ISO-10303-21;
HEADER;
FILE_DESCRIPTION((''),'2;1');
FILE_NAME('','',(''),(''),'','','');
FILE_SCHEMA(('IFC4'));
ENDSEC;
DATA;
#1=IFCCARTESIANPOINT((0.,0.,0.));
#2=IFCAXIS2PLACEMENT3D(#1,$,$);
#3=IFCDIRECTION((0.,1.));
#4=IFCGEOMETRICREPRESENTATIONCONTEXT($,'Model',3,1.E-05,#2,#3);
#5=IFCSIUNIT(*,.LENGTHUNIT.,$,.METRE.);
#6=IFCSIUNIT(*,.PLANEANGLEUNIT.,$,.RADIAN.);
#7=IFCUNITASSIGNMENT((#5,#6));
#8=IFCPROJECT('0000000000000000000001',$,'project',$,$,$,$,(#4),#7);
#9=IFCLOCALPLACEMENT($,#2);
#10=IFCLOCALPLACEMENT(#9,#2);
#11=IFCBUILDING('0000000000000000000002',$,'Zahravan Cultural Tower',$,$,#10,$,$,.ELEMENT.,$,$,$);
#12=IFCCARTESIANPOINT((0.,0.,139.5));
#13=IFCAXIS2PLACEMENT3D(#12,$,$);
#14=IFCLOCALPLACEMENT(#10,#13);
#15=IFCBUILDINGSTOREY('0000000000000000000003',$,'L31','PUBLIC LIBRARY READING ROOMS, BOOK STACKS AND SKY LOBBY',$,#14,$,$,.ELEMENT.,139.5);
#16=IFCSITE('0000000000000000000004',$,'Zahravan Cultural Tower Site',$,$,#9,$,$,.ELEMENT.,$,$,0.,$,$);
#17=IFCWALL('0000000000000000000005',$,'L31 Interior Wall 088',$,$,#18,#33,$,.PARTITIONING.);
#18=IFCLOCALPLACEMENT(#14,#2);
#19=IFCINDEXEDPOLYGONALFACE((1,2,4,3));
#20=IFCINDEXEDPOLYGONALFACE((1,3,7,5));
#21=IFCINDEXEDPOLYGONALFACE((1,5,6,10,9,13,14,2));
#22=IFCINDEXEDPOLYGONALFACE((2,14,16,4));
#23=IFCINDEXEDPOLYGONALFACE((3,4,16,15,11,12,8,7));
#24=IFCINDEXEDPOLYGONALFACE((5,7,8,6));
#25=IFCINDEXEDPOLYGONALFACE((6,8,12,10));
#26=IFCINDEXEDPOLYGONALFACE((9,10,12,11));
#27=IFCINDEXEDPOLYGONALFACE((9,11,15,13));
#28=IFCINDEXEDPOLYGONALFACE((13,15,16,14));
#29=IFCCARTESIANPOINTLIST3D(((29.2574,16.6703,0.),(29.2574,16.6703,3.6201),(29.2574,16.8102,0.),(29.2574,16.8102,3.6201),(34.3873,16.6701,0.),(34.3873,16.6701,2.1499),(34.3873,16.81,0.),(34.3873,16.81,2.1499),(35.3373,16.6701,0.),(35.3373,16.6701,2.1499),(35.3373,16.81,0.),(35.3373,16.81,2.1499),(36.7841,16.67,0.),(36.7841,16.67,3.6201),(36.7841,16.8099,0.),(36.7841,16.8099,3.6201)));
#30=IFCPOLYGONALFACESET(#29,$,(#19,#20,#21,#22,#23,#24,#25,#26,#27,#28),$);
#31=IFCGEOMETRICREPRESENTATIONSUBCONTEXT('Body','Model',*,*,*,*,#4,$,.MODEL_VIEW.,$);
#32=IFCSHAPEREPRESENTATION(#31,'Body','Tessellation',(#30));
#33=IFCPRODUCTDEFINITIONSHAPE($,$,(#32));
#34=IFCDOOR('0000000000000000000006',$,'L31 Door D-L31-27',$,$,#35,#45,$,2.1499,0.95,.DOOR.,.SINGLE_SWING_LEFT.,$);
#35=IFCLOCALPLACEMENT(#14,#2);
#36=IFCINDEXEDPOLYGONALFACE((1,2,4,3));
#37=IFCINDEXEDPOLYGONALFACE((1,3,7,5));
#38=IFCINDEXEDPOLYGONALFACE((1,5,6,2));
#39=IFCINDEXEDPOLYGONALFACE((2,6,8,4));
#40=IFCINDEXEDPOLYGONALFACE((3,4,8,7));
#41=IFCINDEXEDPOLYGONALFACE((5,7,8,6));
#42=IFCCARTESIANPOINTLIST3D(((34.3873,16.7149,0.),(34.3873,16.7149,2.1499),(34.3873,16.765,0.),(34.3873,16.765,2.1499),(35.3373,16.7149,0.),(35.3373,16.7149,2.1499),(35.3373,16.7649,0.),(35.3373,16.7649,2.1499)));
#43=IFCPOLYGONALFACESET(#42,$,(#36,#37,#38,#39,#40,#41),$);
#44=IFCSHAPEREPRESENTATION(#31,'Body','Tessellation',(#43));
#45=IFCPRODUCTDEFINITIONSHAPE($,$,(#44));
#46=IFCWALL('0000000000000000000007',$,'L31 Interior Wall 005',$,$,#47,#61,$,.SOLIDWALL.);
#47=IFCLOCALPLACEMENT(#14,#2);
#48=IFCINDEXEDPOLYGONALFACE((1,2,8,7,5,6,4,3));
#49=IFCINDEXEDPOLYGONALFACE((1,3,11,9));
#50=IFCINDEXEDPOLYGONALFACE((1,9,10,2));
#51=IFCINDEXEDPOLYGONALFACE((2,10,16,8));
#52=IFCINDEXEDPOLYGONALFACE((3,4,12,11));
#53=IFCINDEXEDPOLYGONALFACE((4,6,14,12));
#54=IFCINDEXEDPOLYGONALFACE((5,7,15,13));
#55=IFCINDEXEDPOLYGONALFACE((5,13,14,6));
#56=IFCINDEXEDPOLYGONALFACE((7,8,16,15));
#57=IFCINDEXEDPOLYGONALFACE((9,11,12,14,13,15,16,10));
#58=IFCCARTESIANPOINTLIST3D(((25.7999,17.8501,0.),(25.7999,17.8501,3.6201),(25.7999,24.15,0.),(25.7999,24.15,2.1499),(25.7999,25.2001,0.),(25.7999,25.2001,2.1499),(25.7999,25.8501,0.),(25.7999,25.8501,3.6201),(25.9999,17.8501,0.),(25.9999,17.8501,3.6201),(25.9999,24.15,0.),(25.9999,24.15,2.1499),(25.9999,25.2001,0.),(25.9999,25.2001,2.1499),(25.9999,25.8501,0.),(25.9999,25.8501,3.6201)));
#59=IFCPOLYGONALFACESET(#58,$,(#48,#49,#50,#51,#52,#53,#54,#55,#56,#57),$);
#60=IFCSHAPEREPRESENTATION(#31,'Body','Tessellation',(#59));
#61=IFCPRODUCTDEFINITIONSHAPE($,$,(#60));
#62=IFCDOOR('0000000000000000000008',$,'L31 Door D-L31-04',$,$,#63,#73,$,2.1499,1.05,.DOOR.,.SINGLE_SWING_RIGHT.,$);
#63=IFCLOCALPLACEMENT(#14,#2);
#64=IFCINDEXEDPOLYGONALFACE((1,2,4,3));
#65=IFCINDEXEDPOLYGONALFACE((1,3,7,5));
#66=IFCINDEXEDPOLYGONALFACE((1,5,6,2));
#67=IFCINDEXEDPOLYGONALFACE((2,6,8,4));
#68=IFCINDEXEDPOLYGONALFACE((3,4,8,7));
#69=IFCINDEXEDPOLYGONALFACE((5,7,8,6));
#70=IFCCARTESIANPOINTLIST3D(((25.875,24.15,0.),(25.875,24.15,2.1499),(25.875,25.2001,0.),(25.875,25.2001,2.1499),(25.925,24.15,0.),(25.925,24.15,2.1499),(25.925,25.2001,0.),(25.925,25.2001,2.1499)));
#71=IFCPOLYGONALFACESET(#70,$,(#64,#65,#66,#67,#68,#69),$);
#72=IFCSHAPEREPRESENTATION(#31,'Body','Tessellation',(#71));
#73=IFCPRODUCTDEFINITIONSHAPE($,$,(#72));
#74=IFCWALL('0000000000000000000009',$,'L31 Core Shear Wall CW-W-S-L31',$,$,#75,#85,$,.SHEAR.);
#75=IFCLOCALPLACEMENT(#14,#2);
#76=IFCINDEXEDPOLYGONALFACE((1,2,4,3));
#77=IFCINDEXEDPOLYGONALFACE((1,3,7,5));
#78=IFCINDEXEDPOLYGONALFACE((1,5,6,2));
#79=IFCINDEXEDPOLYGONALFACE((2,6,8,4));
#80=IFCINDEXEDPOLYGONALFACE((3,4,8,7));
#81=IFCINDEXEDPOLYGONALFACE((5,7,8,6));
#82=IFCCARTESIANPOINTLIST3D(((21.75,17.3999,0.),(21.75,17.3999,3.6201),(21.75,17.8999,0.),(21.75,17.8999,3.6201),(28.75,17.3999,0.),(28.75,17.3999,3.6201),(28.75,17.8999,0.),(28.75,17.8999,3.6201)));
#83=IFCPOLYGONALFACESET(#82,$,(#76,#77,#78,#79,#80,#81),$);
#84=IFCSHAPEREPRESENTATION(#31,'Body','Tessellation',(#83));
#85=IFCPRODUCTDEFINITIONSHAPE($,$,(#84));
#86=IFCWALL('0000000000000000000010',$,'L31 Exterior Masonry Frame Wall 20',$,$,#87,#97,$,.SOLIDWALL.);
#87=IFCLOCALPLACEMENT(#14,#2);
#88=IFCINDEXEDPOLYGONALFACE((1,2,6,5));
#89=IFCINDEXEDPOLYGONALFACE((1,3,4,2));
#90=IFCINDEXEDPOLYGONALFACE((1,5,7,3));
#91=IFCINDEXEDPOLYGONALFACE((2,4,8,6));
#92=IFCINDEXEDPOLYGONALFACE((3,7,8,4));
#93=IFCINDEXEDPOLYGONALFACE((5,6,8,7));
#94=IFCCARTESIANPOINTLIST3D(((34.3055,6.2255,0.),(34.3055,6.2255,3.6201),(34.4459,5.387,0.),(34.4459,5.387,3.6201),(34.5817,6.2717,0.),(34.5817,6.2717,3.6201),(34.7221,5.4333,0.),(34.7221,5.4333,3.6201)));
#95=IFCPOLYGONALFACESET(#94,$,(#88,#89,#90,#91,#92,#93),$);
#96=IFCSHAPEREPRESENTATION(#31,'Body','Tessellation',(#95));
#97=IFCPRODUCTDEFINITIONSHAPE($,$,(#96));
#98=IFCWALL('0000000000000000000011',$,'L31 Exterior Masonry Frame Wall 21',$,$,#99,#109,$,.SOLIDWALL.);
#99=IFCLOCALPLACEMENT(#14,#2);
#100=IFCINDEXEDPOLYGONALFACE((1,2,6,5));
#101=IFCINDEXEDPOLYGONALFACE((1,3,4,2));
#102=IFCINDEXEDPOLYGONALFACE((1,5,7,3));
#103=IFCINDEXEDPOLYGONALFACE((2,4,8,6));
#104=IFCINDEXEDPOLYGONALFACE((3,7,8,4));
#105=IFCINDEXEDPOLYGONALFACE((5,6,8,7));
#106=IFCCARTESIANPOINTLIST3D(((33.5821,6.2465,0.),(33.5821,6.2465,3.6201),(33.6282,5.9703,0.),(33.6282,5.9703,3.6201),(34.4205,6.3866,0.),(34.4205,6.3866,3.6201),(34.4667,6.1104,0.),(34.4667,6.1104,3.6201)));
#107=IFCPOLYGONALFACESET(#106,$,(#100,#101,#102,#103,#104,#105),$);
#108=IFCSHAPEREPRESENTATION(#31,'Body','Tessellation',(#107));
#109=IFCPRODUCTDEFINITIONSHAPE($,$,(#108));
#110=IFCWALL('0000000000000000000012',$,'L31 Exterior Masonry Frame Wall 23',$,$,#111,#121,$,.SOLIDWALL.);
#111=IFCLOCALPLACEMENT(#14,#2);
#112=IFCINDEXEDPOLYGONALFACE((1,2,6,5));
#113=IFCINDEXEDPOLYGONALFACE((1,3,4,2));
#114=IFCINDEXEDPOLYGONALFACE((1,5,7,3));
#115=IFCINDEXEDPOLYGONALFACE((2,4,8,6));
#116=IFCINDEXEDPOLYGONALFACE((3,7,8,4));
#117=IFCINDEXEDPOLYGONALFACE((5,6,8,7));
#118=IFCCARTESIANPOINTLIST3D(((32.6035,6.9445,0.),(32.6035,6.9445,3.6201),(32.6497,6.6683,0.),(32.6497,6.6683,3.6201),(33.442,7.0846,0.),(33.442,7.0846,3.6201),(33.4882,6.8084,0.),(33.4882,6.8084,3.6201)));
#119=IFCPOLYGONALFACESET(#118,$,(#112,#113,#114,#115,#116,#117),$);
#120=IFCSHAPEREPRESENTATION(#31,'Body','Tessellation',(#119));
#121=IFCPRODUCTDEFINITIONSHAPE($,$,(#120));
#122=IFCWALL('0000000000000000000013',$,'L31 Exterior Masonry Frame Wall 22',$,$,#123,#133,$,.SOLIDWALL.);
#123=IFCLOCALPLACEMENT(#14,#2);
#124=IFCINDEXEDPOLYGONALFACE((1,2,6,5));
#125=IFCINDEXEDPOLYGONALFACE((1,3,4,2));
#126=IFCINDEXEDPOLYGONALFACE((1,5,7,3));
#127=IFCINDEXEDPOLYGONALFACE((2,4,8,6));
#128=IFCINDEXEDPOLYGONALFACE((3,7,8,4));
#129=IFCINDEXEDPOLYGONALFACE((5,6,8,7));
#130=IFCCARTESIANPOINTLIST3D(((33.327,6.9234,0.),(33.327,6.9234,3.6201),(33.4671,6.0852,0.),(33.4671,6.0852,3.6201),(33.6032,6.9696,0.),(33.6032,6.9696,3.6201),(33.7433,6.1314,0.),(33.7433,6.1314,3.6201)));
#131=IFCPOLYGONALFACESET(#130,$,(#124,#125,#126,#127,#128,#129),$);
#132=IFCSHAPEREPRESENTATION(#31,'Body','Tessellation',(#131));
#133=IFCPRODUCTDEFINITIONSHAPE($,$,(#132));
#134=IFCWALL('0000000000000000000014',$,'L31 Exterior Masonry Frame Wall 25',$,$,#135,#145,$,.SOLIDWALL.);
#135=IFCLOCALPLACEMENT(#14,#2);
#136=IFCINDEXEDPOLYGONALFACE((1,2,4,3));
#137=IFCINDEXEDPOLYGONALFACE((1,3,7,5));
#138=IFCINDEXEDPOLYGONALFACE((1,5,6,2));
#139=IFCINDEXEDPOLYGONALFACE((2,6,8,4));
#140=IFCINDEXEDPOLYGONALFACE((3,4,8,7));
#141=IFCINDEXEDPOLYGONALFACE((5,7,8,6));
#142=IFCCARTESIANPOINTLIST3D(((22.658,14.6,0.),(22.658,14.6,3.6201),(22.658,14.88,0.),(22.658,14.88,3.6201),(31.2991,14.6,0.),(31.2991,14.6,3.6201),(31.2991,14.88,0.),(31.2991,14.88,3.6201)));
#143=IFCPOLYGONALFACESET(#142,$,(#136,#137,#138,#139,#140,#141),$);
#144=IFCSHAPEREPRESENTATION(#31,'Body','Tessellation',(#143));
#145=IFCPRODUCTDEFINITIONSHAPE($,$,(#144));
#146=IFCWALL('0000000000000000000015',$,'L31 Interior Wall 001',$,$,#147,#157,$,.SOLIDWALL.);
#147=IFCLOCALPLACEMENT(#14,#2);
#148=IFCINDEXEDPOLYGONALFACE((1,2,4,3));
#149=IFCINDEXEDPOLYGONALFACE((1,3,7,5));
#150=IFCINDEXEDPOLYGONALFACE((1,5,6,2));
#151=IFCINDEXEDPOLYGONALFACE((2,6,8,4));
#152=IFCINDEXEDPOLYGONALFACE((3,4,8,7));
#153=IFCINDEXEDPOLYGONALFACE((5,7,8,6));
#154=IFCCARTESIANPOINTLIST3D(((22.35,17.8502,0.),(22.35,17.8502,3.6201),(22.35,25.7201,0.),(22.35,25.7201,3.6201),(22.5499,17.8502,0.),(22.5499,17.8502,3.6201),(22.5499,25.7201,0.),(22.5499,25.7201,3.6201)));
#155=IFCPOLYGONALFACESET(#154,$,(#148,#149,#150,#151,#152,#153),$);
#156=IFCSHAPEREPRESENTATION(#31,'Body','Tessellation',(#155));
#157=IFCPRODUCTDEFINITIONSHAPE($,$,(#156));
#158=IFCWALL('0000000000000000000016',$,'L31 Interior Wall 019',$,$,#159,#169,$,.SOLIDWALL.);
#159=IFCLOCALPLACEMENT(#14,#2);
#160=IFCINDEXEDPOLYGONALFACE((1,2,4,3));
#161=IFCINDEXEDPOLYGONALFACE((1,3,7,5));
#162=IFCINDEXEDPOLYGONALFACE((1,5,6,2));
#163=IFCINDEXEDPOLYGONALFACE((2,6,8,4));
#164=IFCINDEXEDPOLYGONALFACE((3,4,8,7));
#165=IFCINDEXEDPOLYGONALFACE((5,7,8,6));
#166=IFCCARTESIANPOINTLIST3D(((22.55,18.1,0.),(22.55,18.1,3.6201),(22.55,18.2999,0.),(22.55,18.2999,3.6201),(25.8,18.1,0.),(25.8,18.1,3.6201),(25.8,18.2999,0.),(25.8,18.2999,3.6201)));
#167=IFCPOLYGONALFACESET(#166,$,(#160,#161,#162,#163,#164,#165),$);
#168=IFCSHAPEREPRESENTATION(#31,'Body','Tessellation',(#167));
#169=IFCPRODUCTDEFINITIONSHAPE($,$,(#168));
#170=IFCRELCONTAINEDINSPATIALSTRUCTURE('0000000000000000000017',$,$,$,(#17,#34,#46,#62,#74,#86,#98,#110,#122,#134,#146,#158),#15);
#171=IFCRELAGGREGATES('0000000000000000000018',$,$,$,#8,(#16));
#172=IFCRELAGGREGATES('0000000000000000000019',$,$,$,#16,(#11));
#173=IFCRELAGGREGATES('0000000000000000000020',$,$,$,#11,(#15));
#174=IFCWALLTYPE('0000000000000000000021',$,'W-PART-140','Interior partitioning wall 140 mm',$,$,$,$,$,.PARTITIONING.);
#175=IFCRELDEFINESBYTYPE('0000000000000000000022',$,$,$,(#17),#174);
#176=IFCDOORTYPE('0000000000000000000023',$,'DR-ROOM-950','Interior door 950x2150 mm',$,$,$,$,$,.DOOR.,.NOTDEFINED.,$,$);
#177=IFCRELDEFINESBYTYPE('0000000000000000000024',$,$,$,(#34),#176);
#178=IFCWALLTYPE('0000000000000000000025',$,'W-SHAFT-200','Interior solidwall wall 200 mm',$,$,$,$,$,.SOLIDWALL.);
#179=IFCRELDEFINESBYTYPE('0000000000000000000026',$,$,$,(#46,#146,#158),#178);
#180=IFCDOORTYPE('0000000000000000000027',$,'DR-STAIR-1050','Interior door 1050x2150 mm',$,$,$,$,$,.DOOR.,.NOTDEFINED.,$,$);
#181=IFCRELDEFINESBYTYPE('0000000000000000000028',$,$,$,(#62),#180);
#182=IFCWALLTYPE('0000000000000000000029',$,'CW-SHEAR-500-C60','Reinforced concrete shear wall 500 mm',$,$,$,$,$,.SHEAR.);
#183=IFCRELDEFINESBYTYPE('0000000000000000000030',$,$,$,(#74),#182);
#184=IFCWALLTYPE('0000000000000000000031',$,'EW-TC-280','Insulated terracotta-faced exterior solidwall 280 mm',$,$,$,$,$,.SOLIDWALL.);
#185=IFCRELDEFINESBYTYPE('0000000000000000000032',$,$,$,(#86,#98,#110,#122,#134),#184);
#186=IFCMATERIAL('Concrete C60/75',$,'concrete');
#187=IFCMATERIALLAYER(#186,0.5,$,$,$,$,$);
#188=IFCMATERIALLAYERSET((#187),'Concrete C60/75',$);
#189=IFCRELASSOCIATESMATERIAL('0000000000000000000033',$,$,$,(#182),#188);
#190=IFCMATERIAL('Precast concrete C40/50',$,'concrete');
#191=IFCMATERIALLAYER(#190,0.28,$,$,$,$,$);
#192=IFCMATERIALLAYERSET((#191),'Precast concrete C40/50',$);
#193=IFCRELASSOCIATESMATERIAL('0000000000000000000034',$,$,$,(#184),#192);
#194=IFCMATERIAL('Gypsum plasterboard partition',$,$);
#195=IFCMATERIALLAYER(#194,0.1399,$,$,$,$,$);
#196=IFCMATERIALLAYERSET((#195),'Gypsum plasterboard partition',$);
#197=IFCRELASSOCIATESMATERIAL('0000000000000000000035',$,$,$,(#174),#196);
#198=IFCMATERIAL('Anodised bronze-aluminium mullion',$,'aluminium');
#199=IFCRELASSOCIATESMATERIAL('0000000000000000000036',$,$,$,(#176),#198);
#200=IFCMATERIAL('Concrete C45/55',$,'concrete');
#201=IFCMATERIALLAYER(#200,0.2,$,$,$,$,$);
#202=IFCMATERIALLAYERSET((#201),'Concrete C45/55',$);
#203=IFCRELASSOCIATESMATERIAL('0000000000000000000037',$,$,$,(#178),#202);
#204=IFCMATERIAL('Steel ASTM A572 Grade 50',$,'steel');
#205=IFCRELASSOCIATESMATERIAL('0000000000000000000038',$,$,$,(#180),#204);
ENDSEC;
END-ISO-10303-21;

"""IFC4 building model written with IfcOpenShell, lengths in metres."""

from ifc_helpers import new_model, si_unit, direction, frame, frame_2d, origin, place, context, subcontext, project, spatial, rectangle, extrude, source, transform, mapped, material, layer, layer_set, type_object, element, fill, save


model = new_model("IFC4")

# Units and contexts
model_context = context("Model", 3, precision=1e-05, world=origin(), true_north=direction((0.0, 1.0)))
body_context = subcontext(model_context, "Body", "Model", "MODEL_VIEW")
ifc_project = project(units=[si_unit("LENGTHUNIT", "METRE"), si_unit("PLANEANGLEUNIT", "RADIAN")], contexts=[model_context])

# Site, building, storey
site_placement = place(None, origin())
site = spatial("IfcSite", under=ifc_project, at=site_placement, Name="Zahravan Cultural Tower Site", CompositionType="ELEMENT", RefElevation=0.0)
building_placement = place(site_placement, origin())
building = spatial("IfcBuilding", under=site, at=building_placement, Name="Zahravan Cultural Tower", CompositionType="ELEMENT")
storey_placement = place(building_placement, frame((0.0, 0.0, 139.5)))
storey = spatial("IfcBuildingStorey", under=building, at=storey_placement, Name="L31", Description="PUBLIC LIBRARY READING ROOMS, BOOK STACKS AND SKY LOBBY", CompositionType="ELEMENT", Elevation=139.5)

# Shared definitions
ifc_material_1 = material(Name="Concrete C60/75", Category="concrete")
ifc_layer_1 = layer(ifc_material_1, 0.5)
ifc_layer_set_1 = layer_set([ifc_layer_1], Name="Concrete C60/75")
wall_type_1 = type_object("IfcWallType", Name="CW-SHEAR-500-C60", Description="Reinforced concrete shear wall 500 mm", PredefinedType="SHEAR", material=ifc_layer_set_1)
ifc_material_2 = material(Name="Steel ASTM A572 Grade 50", Category="steel")

# Shared definitions
ifc_material_3 = material(Name="Precast concrete C40/50", Category="concrete")
ifc_layer_2 = layer(ifc_material_3, 0.28)
ifc_layer_set_2 = layer_set([ifc_layer_2], Name="Precast concrete C40/50")
wall_type_2 = type_object("IfcWallType", Name="EW-TC-280", Description="Insulated terracotta-faced exterior solidwall 280 mm", PredefinedType="SOLIDWALL", material=ifc_layer_set_2)

# Walls, openings, doors
ifc_material_4 = material(Name="Gypsum plasterboard partition")
ifc_layer_3 = layer(ifc_material_4, 0.1399)
ifc_layer_set_3 = layer_set([ifc_layer_3], Name="Gypsum plasterboard partition")
wall_type_3 = type_object("IfcWallType", Name="W-PART-140", Description="Interior partitioning wall 140 mm", PredefinedType="PARTITIONING", material=ifc_layer_set_3)
wall_1_placement = place(storey_placement, frame((29.2576, 16.7402, 0.0), z_axis=(0.0, 0.0, 1.0), x_axis=(1.0, -0.000032, 0.0)))
wall_1 = element("IfcWall", 1, at=wall_1_placement, inside=storey, type_object=wall_type_3, Name="L31 Interior Wall 088", PredefinedType="PARTITIONING", context=body_context, shape_type="SweptSolid", body=[
    extrude(rectangle(XDim=7.5266, YDim=0.1399, at=frame_2d((3.7632, 0.0))), origin(), (0.0, 0.0, 1.0), 3.6201),
])
opening_1_placement = place(wall_1_placement, frame((5.1296, 0.0, 0.0)))
opening_1 = element("IfcOpeningElement", 2, at=opening_1_placement, cuts=wall_1, PredefinedType="OPENING", context=body_context, shape_type="SweptSolid", body=[
    extrude(rectangle(XDim=0.95, YDim=2.1499, at=frame_2d((0.4751, 1.075))), frame((0.0, 0.0798, 0.0), z_axis=(0.0, -1.0, 0.0), x_axis=(1.0, 0.0, 0.0)), (0.0, 0.0, 1.0), 0.1599),
])
ifc_material_5 = material(Name="Anodised bronze-aluminium mullion", Category="aluminium")
door_type_1 = type_object("IfcDoorType", Name="DR-ROOM-950", Description="Interior door 950x2150 mm", OperationType="NOTDEFINED", PredefinedType="DOOR", material=ifc_material_5)
shared_shape_1 = source(origin(), body_context, "Body", "SweptSolid", [
    extrude(rectangle(XDim=0.95, YDim=2.1499, at=frame_2d((0.4751, 1.075))), frame((0.0, 0.0249, 0.0), z_axis=(0.0, -1.0, 0.0), x_axis=(1.0, 0.0, 0.0)), (0.0, 0.0, 1.0), 0.05),
])
door_1_placement = place(opening_1_placement, origin())
door_1 = element("IfcDoor", 3, at=door_1_placement, inside=storey, type_object=door_type_1, Name="L31 Door D-L31-27", OperationType="SINGLE_SWING_LEFT", OverallHeight=2.1499, OverallWidth=0.95, PredefinedType="DOOR", context=body_context, shape_type="MappedRepresentation", body=[
    mapped(shared_shape_1, transform((0.0, 0.0, 0.0), x_axis=(1.0, 0.0, 0.0), y_axis=(0.0, 1.0, 0.0), z_axis=(0.0, 0.0, 1.0), scale=1.0)),
])
fill(opening_1, door_1)
ifc_material_6 = material(Name="Concrete C45/55", Category="concrete")
ifc_layer_4 = layer(ifc_material_6, 0.2)
ifc_layer_set_4 = layer_set([ifc_layer_4], Name="Concrete C45/55")
wall_type_4 = type_object("IfcWallType", Name="W-SHAFT-200", Description="Interior solidwall wall 200 mm", PredefinedType="SOLIDWALL", material=ifc_layer_set_4)
wall_2_placement = place(storey_placement, frame((25.8999, 17.8501, 0.0), z_axis=(0.0, 0.0, 1.0), x_axis=(0.0, 1.0, 0.0)))
wall_2 = element("IfcWall", 4, at=wall_2_placement, inside=storey, type_object=wall_type_4, Name="L31 Interior Wall 005", PredefinedType="SOLIDWALL", context=body_context, shape_type="SweptSolid", body=[
    extrude(rectangle(XDim=8.0, YDim=0.2, at=frame_2d((4.0, 0.0))), origin(), (0.0, 0.0, 1.0), 3.6201),
])
opening_2_placement = place(wall_2_placement, frame((6.3, 0.0, 0.0)))
opening_2 = element("IfcOpeningElement", 5, at=opening_2_placement, cuts=wall_2, PredefinedType="OPENING", context=body_context, shape_type="SweptSolid", body=[
    extrude(rectangle(XDim=1.05, YDim=2.1499, at=frame_2d((0.5249, 1.075))), frame((0.0, 0.1099, 0.0), z_axis=(0.0, -1.0, 0.0), x_axis=(1.0, 0.0, 0.0)), (0.0, 0.0, 1.0), 0.22),
])
door_type_2 = type_object("IfcDoorType", Name="DR-STAIR-1050", Description="Interior door 1050x2150 mm", OperationType="NOTDEFINED", PredefinedType="DOOR", material=ifc_material_2)
shared_shape_2 = source(origin(), body_context, "Body", "SweptSolid", [
    extrude(rectangle(XDim=1.05, YDim=2.1499, at=frame_2d((0.5249, 1.075))), frame((0.0, 0.0249, 0.0), z_axis=(0.0, -1.0, 0.0), x_axis=(1.0, 0.0, 0.0)), (0.0, 0.0, 1.0), 0.05),
])
door_2_placement = place(opening_2_placement, origin())
door_2 = element("IfcDoor", 6, at=door_2_placement, inside=storey, type_object=door_type_2, Name="L31 Door D-L31-04", OperationType="SINGLE_SWING_RIGHT", OverallHeight=2.1499, OverallWidth=1.05, PredefinedType="DOOR", context=body_context, shape_type="MappedRepresentation", body=[
    mapped(shared_shape_2, transform((0.0, 0.0, 0.0), x_axis=(1.0, 0.0, 0.0), y_axis=(0.0, 1.0, 0.0), z_axis=(0.0, 0.0, 1.0), scale=1.0)),
])
fill(opening_2, door_2)

# Walls
shared_shape_3 = source(origin(), body_context, "Body", "SweptSolid", [
    extrude(rectangle(XDim=7.0, YDim=0.5, at=frame_2d((3.5, 0.0))), origin(), (0.0, 0.0, 1.0), 3.6201),
])
wall_3_placement = place(storey_placement, frame((21.75, 17.6499, 0.0), z_axis=(0.0, 0.0, 1.0), x_axis=(1.0, 0.0, 0.0)))
element("IfcWall", 7, at=wall_3_placement, inside=storey, type_object=wall_type_1, Name="L31 Core Shear Wall CW-W-S-L31", PredefinedType="SHEAR", context=body_context, shape_type="MappedRepresentation", body=[
    mapped(shared_shape_3, transform((0.0, 0.0, 0.0), x_axis=(1.0, 0.0, 0.0), y_axis=(0.0, 1.0, 0.0), z_axis=(0.0, 0.0, 1.0), scale=1.0)),
])
shared_shape_4 = source(origin(), body_context, "Body", "SweptSolid", [
    extrude(rectangle(XDim=0.8501, YDim=0.28, at=frame_2d((0.425, 0.0))), origin(), (0.0, 0.0, 1.0), 3.6201),
])
for number, where, z_axis, x_axis, name in (
    (8, (34.584, 5.4102, 0.0), (0.0, 0.0, 1.0), (-0.165144, 0.986269, 0.0), "L31 Exterior Masonry Frame Wall 20"),
    (9, (34.4436, 6.2485, 0.0), (0.0, 0.0, 1.0), (-0.986316, -0.164865, 0.0), "L31 Exterior Masonry Frame Wall 21"),
    (10, (33.4651, 6.9465, 0.0), (0.0, 0.0, 1.0), (-0.986316, -0.164865, 0.0), "L31 Exterior Masonry Frame Wall 23"),
):
    element("IfcWall", number, at=place(storey_placement, frame(where, z_axis=z_axis, x_axis=x_axis)), inside=storey, type_object=wall_type_2, Name=name, PredefinedType="SOLIDWALL", context=body_context, shape_type="MappedRepresentation", body=[
        mapped(shared_shape_4, transform((0.0, 0.0, 0.0), x_axis=(1.0, 0.0, 0.0), y_axis=(0.0, 1.0, 0.0), z_axis=(0.0, 0.0, 1.0), scale=1.0)),
    ])
shared_shape_5 = source(origin(), body_context, "Body", "SweptSolid", [
    extrude(rectangle(XDim=0.8499, YDim=0.28, at=frame_2d((0.4248, 0.0))), origin(), (0.0, 0.0, 1.0), 3.6201),
])
wall_4_placement = place(storey_placement, frame((33.6052, 6.1084, 0.0), z_axis=(0.0, 0.0, 1.0), x_axis=(-0.164911, 0.986308, 0.0)))
element("IfcWall", 11, at=wall_4_placement, inside=storey, type_object=wall_type_2, Name="L31 Exterior Masonry Frame Wall 22", PredefinedType="SOLIDWALL", context=body_context, shape_type="MappedRepresentation", body=[
    mapped(shared_shape_5, transform((0.0, 0.0, 0.0), x_axis=(1.0, 0.0, 0.0), y_axis=(0.0, 1.0, 0.0), z_axis=(0.0, 0.0, 1.0), scale=1.0)),
])
shared_shape_6 = source(origin(), body_context, "Body", "SweptSolid", [
    extrude(rectangle(XDim=8.6411, YDim=0.28, at=frame_2d((4.3206, 0.0))), origin(), (0.0, 0.0, 1.0), 3.6201),
])
wall_5_placement = place(storey_placement, frame((31.2991, 14.74, 0.0), z_axis=(0.0, 0.0, 1.0), x_axis=(-1.0, 0.0, 0.0)))
element("IfcWall", 12, at=wall_5_placement, inside=storey, type_object=wall_type_2, Name="L31 Exterior Masonry Frame Wall 25", PredefinedType="SOLIDWALL", context=body_context, shape_type="MappedRepresentation", body=[
    mapped(shared_shape_6, transform((0.0, 0.0, 0.0), x_axis=(1.0, 0.0, 0.0), y_axis=(0.0, 1.0, 0.0), z_axis=(0.0, 0.0, 1.0), scale=1.0)),
])
shared_shape_7 = source(origin(), body_context, "Body", "SweptSolid", [
    extrude(rectangle(XDim=7.8699, YDim=0.2, at=frame_2d((3.9351, 0.0))), origin(), (0.0, 0.0, 1.0), 3.6201),
])
wall_6_placement = place(storey_placement, frame((22.45, 17.8501, 0.0), z_axis=(0.0, 0.0, 1.0), x_axis=(0.0, 1.0, 0.0)))
element("IfcWall", 13, at=wall_6_placement, inside=storey, type_object=wall_type_4, Name="L31 Interior Wall 001", PredefinedType="SOLIDWALL", context=body_context, shape_type="MappedRepresentation", body=[
    mapped(shared_shape_7, transform((0.0, 0.0, 0.0), x_axis=(1.0, 0.0, 0.0), y_axis=(0.0, 1.0, 0.0), z_axis=(0.0, 0.0, 1.0), scale=1.0)),
])
shared_shape_8 = source(origin(), body_context, "Body", "SweptSolid", [
    extrude(rectangle(XDim=3.25, YDim=0.2, at=frame_2d((1.625, 0.0))), origin(), (0.0, 0.0, 1.0), 3.6201),
])
wall_7_placement = place(storey_placement, frame((22.55, 18.2, 0.0), z_axis=(0.0, 0.0, 1.0), x_axis=(1.0, 0.0, 0.0)))
element("IfcWall", 14, at=wall_7_placement, inside=storey, type_object=wall_type_4, Name="L31 Interior Wall 019", PredefinedType="SOLIDWALL", context=body_context, shape_type="MappedRepresentation", body=[
    mapped(shared_shape_8, transform((0.0, 0.0, 0.0), x_axis=(1.0, 0.0, 0.0), y_axis=(0.0, 1.0, 0.0), z_axis=(0.0, 0.0, 1.0), scale=1.0)),
])

save(model, "model.ifc")
